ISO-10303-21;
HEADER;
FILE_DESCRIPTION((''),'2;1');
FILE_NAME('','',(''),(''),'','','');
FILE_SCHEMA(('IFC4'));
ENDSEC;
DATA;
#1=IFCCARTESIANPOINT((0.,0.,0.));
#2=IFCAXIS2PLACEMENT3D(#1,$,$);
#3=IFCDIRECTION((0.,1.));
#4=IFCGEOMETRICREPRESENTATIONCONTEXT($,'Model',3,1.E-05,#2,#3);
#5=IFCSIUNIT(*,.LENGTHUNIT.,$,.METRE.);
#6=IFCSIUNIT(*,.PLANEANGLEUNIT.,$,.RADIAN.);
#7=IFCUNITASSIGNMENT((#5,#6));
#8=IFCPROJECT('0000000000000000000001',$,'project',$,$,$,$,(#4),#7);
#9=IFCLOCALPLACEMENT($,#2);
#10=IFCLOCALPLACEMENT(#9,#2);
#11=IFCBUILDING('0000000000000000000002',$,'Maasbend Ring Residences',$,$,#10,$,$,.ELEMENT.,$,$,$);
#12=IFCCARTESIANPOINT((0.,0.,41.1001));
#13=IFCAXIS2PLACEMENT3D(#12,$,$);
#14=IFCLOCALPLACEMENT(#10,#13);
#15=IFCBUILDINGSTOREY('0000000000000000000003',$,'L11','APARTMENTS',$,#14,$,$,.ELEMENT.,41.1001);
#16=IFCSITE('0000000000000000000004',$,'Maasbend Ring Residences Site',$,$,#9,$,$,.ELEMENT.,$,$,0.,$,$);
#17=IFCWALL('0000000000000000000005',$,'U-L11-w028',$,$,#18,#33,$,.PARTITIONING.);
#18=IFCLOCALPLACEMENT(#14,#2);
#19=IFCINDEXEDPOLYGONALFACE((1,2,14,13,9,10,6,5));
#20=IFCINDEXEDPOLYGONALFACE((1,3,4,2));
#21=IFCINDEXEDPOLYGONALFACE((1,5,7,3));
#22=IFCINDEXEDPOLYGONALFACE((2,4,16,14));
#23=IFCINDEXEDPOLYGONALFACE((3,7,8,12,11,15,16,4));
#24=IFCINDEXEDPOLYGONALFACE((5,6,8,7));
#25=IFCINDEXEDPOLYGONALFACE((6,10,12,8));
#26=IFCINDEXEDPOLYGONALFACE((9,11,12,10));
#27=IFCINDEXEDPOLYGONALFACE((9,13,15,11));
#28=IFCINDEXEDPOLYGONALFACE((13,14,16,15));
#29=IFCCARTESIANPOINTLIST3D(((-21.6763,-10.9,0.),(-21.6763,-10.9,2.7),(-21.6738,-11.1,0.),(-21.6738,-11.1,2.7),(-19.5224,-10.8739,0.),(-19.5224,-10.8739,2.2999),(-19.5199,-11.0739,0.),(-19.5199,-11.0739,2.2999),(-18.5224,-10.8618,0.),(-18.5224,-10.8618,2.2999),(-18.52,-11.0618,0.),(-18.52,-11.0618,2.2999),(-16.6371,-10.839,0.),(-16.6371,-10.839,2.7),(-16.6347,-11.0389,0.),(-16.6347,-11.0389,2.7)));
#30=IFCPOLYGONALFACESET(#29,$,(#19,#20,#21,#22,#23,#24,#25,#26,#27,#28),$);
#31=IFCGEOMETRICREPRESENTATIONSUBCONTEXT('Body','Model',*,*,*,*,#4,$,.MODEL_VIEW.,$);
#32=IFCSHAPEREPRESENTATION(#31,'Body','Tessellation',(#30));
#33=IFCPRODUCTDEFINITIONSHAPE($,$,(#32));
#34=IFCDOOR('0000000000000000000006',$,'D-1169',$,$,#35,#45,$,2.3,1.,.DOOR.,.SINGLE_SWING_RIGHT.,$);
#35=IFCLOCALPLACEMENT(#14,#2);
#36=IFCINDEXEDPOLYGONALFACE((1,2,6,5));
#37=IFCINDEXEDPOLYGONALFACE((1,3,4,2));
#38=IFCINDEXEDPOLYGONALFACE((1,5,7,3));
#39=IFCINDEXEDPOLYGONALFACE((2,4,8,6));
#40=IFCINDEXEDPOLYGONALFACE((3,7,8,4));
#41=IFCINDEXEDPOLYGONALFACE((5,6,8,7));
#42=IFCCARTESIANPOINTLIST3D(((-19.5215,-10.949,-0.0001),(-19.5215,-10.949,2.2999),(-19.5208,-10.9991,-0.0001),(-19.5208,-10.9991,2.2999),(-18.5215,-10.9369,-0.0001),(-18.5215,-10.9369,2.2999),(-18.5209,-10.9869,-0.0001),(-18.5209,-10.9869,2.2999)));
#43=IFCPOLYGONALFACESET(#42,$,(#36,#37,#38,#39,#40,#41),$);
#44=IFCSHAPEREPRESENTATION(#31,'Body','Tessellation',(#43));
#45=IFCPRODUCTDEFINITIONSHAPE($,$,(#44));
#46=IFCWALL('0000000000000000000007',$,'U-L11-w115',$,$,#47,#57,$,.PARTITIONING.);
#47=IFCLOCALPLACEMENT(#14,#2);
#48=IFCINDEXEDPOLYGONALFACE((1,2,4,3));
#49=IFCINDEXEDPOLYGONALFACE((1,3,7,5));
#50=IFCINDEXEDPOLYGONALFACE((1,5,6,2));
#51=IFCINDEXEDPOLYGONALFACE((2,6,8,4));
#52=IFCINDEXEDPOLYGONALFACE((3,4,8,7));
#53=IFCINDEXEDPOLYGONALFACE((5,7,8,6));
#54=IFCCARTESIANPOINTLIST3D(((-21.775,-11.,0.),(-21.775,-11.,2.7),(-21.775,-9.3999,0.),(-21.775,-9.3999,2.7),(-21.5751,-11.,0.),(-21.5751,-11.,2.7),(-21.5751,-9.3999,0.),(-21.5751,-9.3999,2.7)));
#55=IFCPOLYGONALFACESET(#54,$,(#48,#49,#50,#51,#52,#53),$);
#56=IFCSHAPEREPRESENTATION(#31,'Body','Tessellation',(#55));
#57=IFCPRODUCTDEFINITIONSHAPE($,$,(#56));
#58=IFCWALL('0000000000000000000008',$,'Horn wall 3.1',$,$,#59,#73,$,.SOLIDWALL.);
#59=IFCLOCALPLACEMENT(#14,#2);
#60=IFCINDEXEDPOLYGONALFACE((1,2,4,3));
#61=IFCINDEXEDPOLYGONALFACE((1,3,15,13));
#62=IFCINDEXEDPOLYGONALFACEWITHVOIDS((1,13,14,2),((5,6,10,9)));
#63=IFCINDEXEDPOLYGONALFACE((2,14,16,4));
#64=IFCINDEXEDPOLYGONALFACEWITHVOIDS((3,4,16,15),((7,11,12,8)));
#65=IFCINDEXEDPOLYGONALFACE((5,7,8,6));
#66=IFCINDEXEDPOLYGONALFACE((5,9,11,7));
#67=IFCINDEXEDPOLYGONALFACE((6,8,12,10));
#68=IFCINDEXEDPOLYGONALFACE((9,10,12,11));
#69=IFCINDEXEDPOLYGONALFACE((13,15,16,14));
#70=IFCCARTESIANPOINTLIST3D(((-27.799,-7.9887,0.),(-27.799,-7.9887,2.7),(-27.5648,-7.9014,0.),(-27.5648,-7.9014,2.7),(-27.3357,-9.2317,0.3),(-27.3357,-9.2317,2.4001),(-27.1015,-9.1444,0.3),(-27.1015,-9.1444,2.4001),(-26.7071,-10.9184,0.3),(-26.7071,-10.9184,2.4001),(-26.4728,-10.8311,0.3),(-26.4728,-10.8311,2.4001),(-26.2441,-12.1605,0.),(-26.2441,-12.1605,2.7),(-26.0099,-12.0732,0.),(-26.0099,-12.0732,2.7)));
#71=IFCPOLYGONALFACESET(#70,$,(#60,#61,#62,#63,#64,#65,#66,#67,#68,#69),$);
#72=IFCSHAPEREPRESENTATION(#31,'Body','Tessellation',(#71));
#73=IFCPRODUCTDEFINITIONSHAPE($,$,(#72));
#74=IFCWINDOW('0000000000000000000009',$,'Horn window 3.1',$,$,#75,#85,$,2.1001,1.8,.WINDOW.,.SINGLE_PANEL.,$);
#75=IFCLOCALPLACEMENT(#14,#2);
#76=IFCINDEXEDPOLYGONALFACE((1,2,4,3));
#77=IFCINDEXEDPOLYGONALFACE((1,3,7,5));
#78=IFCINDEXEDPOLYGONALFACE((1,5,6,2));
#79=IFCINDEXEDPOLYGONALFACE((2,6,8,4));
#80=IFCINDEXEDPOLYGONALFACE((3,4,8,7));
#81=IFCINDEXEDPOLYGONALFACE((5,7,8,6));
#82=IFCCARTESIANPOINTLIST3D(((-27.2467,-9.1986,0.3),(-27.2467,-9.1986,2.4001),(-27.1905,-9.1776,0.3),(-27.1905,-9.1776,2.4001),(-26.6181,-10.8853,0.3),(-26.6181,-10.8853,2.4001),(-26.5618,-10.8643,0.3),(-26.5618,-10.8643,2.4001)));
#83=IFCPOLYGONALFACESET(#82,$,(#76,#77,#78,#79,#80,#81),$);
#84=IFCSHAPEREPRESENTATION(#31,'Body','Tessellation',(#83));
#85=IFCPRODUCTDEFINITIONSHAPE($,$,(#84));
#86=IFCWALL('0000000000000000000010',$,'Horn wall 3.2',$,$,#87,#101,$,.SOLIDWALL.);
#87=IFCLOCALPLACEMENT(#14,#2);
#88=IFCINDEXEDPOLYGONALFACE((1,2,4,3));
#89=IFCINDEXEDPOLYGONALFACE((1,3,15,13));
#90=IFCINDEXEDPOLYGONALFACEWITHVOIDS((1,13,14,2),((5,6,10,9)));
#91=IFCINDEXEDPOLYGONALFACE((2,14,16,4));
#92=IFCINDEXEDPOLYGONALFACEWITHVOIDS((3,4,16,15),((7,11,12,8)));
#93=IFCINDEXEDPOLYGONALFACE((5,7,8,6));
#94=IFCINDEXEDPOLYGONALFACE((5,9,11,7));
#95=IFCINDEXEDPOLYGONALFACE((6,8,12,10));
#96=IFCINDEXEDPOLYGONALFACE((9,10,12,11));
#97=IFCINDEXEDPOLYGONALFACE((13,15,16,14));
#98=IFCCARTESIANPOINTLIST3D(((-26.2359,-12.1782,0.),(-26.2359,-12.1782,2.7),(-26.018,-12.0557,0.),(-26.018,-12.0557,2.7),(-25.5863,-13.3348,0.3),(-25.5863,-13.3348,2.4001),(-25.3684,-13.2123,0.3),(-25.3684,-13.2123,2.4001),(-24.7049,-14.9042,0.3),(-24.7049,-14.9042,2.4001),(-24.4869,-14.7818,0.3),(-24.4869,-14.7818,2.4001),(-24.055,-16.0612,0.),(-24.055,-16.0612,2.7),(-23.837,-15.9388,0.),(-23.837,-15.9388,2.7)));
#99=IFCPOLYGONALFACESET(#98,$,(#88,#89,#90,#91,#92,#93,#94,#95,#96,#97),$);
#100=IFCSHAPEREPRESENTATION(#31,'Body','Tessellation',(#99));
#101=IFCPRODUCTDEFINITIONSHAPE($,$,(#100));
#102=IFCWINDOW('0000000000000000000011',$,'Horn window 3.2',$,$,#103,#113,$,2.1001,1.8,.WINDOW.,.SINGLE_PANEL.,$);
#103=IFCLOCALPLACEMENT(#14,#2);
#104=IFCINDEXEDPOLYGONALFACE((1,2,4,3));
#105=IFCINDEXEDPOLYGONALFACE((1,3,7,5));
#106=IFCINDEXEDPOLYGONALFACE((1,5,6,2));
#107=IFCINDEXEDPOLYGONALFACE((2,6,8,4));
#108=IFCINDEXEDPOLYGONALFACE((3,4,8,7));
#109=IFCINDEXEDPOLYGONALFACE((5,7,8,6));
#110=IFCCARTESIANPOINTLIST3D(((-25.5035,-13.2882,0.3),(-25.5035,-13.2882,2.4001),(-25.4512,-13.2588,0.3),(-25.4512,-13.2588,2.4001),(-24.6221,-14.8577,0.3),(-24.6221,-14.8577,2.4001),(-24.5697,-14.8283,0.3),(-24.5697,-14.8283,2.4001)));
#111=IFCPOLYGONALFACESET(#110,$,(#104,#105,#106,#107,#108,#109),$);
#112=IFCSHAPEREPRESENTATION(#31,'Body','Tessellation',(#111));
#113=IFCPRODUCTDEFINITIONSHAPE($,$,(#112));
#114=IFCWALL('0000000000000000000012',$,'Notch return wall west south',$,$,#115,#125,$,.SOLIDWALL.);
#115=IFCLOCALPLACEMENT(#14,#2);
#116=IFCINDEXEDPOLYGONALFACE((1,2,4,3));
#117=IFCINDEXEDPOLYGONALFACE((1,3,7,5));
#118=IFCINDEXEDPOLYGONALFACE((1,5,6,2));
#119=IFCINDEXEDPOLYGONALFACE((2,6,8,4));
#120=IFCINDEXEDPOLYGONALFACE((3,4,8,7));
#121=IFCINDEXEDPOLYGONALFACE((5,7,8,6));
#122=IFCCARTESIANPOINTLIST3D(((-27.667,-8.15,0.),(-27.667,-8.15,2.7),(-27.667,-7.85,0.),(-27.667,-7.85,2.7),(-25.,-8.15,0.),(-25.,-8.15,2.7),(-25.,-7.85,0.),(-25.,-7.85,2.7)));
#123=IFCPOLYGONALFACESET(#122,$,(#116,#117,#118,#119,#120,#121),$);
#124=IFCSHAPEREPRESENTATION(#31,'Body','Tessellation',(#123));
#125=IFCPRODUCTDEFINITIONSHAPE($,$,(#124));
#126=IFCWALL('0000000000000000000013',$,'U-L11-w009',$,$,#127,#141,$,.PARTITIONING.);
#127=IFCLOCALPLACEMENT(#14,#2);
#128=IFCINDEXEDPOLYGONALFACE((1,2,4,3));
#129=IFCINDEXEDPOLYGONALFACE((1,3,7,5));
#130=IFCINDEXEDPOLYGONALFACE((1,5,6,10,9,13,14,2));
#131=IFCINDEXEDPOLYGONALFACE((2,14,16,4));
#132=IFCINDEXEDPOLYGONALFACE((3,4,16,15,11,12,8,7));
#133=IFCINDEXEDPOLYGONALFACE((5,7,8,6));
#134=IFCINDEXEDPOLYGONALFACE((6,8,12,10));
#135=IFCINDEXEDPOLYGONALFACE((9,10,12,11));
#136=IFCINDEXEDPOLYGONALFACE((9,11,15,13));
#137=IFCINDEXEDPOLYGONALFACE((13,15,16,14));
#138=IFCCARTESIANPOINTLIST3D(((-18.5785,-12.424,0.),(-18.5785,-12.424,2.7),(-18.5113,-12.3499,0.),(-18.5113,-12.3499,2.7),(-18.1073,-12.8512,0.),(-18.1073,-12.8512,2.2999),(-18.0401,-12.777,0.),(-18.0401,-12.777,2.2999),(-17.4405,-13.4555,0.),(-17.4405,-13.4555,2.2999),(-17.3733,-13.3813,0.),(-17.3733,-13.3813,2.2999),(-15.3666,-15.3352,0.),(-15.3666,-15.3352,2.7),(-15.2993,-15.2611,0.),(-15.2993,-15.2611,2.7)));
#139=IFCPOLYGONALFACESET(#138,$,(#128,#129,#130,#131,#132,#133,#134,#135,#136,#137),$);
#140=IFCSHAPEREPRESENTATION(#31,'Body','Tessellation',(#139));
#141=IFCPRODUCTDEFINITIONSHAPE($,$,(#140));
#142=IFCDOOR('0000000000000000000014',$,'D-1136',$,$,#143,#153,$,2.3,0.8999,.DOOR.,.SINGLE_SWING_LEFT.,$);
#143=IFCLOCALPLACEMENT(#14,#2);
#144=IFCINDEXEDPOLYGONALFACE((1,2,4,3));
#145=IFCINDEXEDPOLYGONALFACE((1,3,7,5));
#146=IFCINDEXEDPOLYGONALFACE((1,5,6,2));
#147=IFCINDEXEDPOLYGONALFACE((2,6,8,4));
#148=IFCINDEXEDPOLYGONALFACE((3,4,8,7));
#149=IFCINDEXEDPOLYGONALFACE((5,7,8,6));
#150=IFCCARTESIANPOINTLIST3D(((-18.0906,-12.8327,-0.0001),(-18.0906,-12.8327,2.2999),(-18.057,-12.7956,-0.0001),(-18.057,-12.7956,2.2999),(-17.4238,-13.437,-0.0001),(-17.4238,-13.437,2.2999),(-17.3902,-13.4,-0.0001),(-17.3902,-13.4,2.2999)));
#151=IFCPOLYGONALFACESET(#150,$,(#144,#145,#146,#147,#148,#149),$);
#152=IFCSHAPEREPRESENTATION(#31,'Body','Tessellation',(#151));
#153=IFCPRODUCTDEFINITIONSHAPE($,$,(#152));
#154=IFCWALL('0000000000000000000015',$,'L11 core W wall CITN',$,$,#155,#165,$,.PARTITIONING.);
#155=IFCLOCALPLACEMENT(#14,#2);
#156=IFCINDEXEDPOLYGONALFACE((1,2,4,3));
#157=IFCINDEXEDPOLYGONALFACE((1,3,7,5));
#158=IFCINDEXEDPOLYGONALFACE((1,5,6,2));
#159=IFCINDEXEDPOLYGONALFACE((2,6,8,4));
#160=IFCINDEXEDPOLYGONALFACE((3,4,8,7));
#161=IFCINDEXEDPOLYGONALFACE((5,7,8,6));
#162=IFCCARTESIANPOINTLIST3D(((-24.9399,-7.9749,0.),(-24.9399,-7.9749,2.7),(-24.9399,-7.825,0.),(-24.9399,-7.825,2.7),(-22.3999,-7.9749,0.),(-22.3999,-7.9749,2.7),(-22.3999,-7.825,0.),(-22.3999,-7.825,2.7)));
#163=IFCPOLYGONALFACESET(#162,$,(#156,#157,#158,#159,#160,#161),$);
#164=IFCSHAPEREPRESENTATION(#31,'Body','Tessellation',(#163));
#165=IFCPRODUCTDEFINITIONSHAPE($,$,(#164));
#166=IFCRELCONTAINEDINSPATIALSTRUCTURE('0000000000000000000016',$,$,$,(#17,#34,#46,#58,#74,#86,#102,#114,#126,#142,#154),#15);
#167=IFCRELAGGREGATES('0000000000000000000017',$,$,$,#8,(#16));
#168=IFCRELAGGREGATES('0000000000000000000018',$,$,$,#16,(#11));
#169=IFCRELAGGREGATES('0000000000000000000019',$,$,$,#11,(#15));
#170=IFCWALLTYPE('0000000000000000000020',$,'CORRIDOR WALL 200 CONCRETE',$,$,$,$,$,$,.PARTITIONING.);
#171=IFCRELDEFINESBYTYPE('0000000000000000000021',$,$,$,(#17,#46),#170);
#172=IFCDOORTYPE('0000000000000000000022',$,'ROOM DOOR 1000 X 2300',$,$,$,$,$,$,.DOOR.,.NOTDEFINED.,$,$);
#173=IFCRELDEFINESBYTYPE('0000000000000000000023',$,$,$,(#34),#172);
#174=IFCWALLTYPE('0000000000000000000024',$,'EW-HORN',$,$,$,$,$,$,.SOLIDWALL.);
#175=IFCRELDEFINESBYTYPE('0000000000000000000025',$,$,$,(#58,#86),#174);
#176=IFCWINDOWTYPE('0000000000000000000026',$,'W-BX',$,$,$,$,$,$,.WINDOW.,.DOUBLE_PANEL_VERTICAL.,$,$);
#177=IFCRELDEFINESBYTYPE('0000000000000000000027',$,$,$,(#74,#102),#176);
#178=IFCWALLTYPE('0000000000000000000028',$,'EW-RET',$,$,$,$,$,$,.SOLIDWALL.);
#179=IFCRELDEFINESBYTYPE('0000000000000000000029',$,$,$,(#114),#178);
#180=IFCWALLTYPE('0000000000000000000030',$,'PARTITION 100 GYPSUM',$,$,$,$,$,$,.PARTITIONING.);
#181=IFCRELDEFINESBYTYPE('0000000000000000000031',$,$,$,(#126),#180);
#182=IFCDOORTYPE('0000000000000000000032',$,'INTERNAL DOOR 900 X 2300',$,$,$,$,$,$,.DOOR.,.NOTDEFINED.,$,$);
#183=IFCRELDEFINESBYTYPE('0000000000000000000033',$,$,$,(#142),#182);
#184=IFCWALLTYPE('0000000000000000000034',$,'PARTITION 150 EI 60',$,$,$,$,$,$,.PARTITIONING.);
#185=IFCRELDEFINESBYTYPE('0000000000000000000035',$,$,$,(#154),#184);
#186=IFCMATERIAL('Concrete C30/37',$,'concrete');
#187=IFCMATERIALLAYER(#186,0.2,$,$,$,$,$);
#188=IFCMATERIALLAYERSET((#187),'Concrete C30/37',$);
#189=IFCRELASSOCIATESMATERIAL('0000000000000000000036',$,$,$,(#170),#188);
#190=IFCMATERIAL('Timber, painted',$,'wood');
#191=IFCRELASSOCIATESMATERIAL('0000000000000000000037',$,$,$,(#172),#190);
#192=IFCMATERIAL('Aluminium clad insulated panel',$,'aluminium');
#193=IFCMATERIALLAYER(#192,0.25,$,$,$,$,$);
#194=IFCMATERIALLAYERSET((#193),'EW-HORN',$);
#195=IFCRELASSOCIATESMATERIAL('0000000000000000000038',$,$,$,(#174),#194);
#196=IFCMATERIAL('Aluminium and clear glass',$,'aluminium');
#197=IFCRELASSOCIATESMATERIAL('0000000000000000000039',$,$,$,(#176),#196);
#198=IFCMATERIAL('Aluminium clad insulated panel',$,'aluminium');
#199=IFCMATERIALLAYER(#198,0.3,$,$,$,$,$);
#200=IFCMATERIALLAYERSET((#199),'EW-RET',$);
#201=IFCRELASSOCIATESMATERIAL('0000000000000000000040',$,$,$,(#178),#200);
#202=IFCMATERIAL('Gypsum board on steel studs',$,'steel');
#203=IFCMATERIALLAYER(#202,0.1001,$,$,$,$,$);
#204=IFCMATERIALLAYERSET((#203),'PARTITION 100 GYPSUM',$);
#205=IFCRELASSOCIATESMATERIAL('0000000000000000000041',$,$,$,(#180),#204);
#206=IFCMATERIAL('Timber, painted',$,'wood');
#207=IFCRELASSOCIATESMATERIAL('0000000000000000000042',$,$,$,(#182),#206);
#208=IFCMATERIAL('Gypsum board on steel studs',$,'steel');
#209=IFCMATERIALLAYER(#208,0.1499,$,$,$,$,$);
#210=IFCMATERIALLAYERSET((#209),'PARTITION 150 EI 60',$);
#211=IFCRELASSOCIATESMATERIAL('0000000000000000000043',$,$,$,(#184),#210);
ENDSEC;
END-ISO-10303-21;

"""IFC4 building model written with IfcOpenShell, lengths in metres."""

from ifc_helpers import new_model, si_unit, direction, frame, frame_2d, origin, place, context, subcontext, project, spatial, rectangle, extrude, material, layer, layer_set, type_object, element, fill, save


model = new_model("IFC4")

# Units and contexts
model_context = context("Model", 3, precision=1e-05, world=origin(), true_north=direction((0.0, 1.0)))
body_context = subcontext(model_context, "Body", "Model", "MODEL_VIEW")
ifc_project = project(units=[si_unit("LENGTHUNIT", "METRE"), si_unit("PLANEANGLEUNIT", "RADIAN")], contexts=[model_context])

# Site, building, storey
site_placement = place(None, origin())
site = spatial("IfcSite", under=ifc_project, at=site_placement, Name="Maasbend Ring Residences Site", CompositionType="ELEMENT", RefElevation=0.0)
building_placement = place(site_placement, origin())
building = spatial("IfcBuilding", under=site, at=building_placement, Name="Maasbend Ring Residences", CompositionType="ELEMENT")
storey_placement = place(building_placement, frame((0.0, 0.0, 41.1001)))
storey = spatial("IfcBuildingStorey", under=building, at=storey_placement, Name="L11", Description="APARTMENTS", CompositionType="ELEMENT", Elevation=41.1001)

# Wall, opening, door
ifc_material_1 = material(Name="Concrete C30/37", Category="concrete")
ifc_layer_1 = layer(ifc_material_1, 0.2)
ifc_layer_set_1 = layer_set([ifc_layer_1], Name="Concrete C30/37")
wall_type_1 = type_object("IfcWallType", Name="CORRIDOR WALL 200 CONCRETE", PredefinedType="PARTITIONING", material=ifc_layer_set_1)
wall_1_placement = place(storey_placement, frame((-21.675, -11.0, 0.0), z_axis=(0.0, 0.0, 1.0), x_axis=(0.999927, 0.012112, 0.0)))
wall_1 = element("IfcWall", 1, at=wall_1_placement, inside=storey, type_object=wall_type_1, Name="U-L11-w028", PredefinedType="PARTITIONING", context=body_context, shape_type="SweptSolid", body=[
    extrude(rectangle(XDim=5.0396, YDim=0.2, at=frame_2d((2.5198, 0.0))), origin(), (0.0, 0.0, 1.0), 2.7),
])
opening_1_placement = place(wall_1_placement, frame((2.1541, 0.0, 0.0)))
opening_1 = element("IfcOpeningElement", 2, at=opening_1_placement, cuts=wall_1, PredefinedType="OPENING", context=body_context, shape_type="SweptSolid", body=[
    extrude(rectangle(XDim=1.0, YDim=2.3, at=frame_2d((0.5, 1.1499))), frame((0.0, 0.1099, 0.0), z_axis=(0.0, -1.0, 0.0), x_axis=(1.0, 0.0, 0.0)), (0.0, 0.0, 1.0), 0.22),
])
ifc_material_2 = material(Name="Timber, painted", Category="wood")
door_type_1 = type_object("IfcDoorType", Name="ROOM DOOR 1000 X 2300", OperationType="NOTDEFINED", PredefinedType="DOOR", material=ifc_material_2)
door_1_placement = place(opening_1_placement, origin())
door_1 = element("IfcDoor", 3, at=door_1_placement, inside=storey, type_object=door_type_1, Name="D-1169", OperationType="SINGLE_SWING_RIGHT", OverallHeight=2.3, OverallWidth=1.0, PredefinedType="DOOR", context=body_context, shape_type="SweptSolid", body=[
    extrude(rectangle(XDim=1.0, YDim=2.3, at=frame_2d((0.5, 1.1499))), frame((0.0, 0.0249, 0.0), z_axis=(0.0, -1.0, 0.0), x_axis=(1.0, 0.0, 0.0)), (0.0, 0.0, 1.0), 0.05),
])
fill(opening_1, door_1)

# Wall
wall_2_placement = place(storey_placement, frame((-21.675, -11.0, 0.0), z_axis=(0.0, 0.0, 1.0), x_axis=(0.0, 1.0, 0.0)))
element("IfcWall", 4, at=wall_2_placement, inside=storey, type_object=wall_type_1, Name="U-L11-w115", PredefinedType="PARTITIONING", context=body_context, shape_type="SweptSolid", body=[
    extrude(rectangle(XDim=1.6001, YDim=0.2, at=frame_2d((0.8, 0.0))), origin(), (0.0, 0.0, 1.0), 2.7),
])

# Walls, openings, windows
ifc_material_3 = material(Name="Aluminium clad insulated panel", Category="aluminium")
ifc_layer_2 = layer(ifc_material_3, 0.25)
ifc_layer_set_2 = layer_set([ifc_layer_2], Name="EW-HORN")
wall_type_2 = type_object("IfcWallType", Name="EW-HORN", PredefinedType="SOLIDWALL", material=ifc_layer_set_2)
wall_3_placement = place(storey_placement, frame((-27.6819, -7.9451, 0.0), z_axis=(0.0, 0.0, 1.0), x_axis=(0.349248, -0.93703, 0.0)))
wall_3 = element("IfcWall", 5, at=wall_3_placement, inside=storey, type_object=wall_type_2, Name="Horn wall 3.1", PredefinedType="SOLIDWALL", context=body_context, shape_type="SweptSolid", body=[
    extrude(rectangle(XDim=4.4521, YDim=0.25, at=frame_2d((2.2261, 0.0))), origin(), (0.0, 0.0, 1.0), 2.7),
])
opening_2_placement = place(wall_3_placement, frame((1.3267, 0.0, 0.3)))
opening_2 = element("IfcOpeningElement", 6, at=opening_2_placement, cuts=wall_3, PredefinedType="OPENING", context=body_context, shape_type="SweptSolid", body=[
    extrude(rectangle(XDim=1.8, YDim=2.1001, at=frame_2d((0.8999, 1.05))), frame((0.0, 0.135, 0.0), z_axis=(0.0, -1.0, 0.0), x_axis=(1.0, 0.0, 0.0)), (0.0, 0.0, 1.0), 0.27),
])
ifc_material_4 = material(Name="Aluminium and clear glass", Category="aluminium")
window_type = type_object("IfcWindowType", Name="W-BX", PartitioningType="DOUBLE_PANEL_VERTICAL", PredefinedType="WINDOW", material=ifc_material_4)
window_1_placement = place(opening_2_placement, origin())
window_1 = element("IfcWindow", 7, at=window_1_placement, inside=storey, type_object=window_type, Name="Horn window 3.1", OverallHeight=2.1001, OverallWidth=1.8, PartitioningType="SINGLE_PANEL", PredefinedType="WINDOW", context=body_context, shape_type="SweptSolid", body=[
    extrude(rectangle(XDim=1.8, YDim=2.1001, at=frame_2d((0.8999, 1.05))), frame((0.0, 0.03, 0.0), z_axis=(0.0, -1.0, 0.0), x_axis=(1.0, 0.0, 0.0)), (0.0, 0.0, 1.0), 0.0601),
])
fill(opening_2, window_1)
wall_4_placement = place(storey_placement, frame((-26.127, -12.1169, 0.0), z_axis=(0.0, 0.0, 1.0), x_axis=(0.489696, -0.871893, 0.0)))
wall_4 = element("IfcWall", 8, at=wall_4_placement, inside=storey, type_object=wall_type_2, Name="Horn wall 3.2", PredefinedType="SOLIDWALL", context=body_context, shape_type="SweptSolid", body=[
    extrude(rectangle(XDim=4.4536, YDim=0.25, at=frame_2d((2.2268, 0.0))), origin(), (0.0, 0.0, 1.0), 2.7),
])
opening_3_placement = place(wall_4_placement, frame((1.3267, 0.0, 0.3)))
opening_3 = element("IfcOpeningElement", 9, at=opening_3_placement, cuts=wall_4, PredefinedType="OPENING", context=body_context, shape_type="SweptSolid", body=[
    extrude(rectangle(XDim=1.8, YDim=2.1001, at=frame_2d((0.8999, 1.05))), frame((0.0, 0.135, 0.0), z_axis=(0.0, -1.0, 0.0), x_axis=(1.0, 0.0, 0.0)), (0.0, 0.0, 1.0), 0.27),
])
window_2_placement = place(opening_3_placement, origin())
window_2 = element("IfcWindow", 10, at=window_2_placement, inside=storey, type_object=window_type, Name="Horn window 3.2", OverallHeight=2.1001, OverallWidth=1.8, PartitioningType="SINGLE_PANEL", PredefinedType="WINDOW", context=body_context, shape_type="SweptSolid", body=[
    extrude(rectangle(XDim=1.8, YDim=2.1001, at=frame_2d((0.8999, 1.05))), frame((0.0, 0.03, 0.0), z_axis=(0.0, -1.0, 0.0), x_axis=(1.0, 0.0, 0.0)), (0.0, 0.0, 1.0), 0.0601),
])
fill(opening_3, window_2)

# Wall
ifc_material_5 = material(Name="Aluminium clad insulated panel", Category="aluminium")
ifc_layer_3 = layer(ifc_material_5, 0.3)
ifc_layer_set_3 = layer_set([ifc_layer_3], Name="EW-RET")
wall_type_3 = type_object("IfcWallType", Name="EW-RET", PredefinedType="SOLIDWALL", material=ifc_layer_set_3)
wall_5_placement = place(storey_placement, frame((-25.0, -8.0, 0.0), z_axis=(0.0, 0.0, 1.0), x_axis=(-1.0, 0.0, 0.0)))
element("IfcWall", 11, at=wall_5_placement, inside=storey, type_object=wall_type_3, Name="Notch return wall west south", PredefinedType="SOLIDWALL", context=body_context, shape_type="SweptSolid", body=[
    extrude(rectangle(XDim=2.667, YDim=0.3, at=frame_2d((1.3335, 0.0))), origin(), (0.0, 0.0, 1.0), 2.7),
])

# Wall, opening, door
ifc_material_6 = material(Name="Gypsum board on steel studs", Category="steel")
ifc_layer_4 = layer(ifc_material_6, 0.1001)
ifc_layer_set_4 = layer_set([ifc_layer_4], Name="PARTITION 100 GYPSUM")
wall_type_4 = type_object("IfcWallType", Name="PARTITION 100 GYPSUM", PredefinedType="PARTITIONING", material=ifc_layer_set_4)
wall_6_placement = place(storey_placement, frame((-18.5449, -12.387, 0.0), z_axis=(0.0, 0.0, 1.0), x_axis=(0.740948, -0.671562, 0.0)))
wall_6 = element("IfcWall", 12, at=wall_6_placement, inside=storey, type_object=wall_type_4, Name="U-L11-w009", PredefinedType="PARTITIONING", context=body_context, shape_type="SweptSolid", body=[
    extrude(rectangle(XDim=4.335, YDim=0.1001, at=frame_2d((2.1675, 0.0))), origin(), (0.0, 0.0, 1.0), 2.7),
])
opening_4_placement = place(wall_6_placement, frame((0.636, 0.0, 0.0)))
opening_4 = element("IfcOpeningElement", 13, at=opening_4_placement, cuts=wall_6, PredefinedType="OPENING", context=body_context, shape_type="SweptSolid", body=[
    extrude(rectangle(XDim=0.8999, YDim=2.3, at=frame_2d((0.45, 1.1499))), frame((0.0, 0.0601, 0.0), z_axis=(0.0, -1.0, 0.0), x_axis=(1.0, 0.0, 0.0)), (0.0, 0.0, 1.0), 0.1201),
])
ifc_material_7 = material(Name="Timber, painted", Category="wood")
door_type_2 = type_object("IfcDoorType", Name="INTERNAL DOOR 900 X 2300", OperationType="NOTDEFINED", PredefinedType="DOOR", material=ifc_material_7)
door_2_placement = place(opening_4_placement, origin())
door_2 = element("IfcDoor", 14, at=door_2_placement, inside=storey, type_object=door_type_2, Name="D-1136", OperationType="SINGLE_SWING_LEFT", OverallHeight=2.3, OverallWidth=0.8999, PredefinedType="DOOR", context=body_context, shape_type="SweptSolid", body=[
    extrude(rectangle(XDim=0.8999, YDim=2.3, at=frame_2d((0.45, 1.1499))), frame((0.0, 0.0249, 0.0), z_axis=(0.0, -1.0, 0.0), x_axis=(1.0, 0.0, 0.0)), (0.0, 0.0, 1.0), 0.05),
])
fill(opening_4, door_2)

# Wall
ifc_material_8 = material(Name="Gypsum board on steel studs", Category="steel")
ifc_layer_5 = layer(ifc_material_8, 0.1499)
ifc_layer_set_5 = layer_set([ifc_layer_5], Name="PARTITION 150 EI 60")
wall_type_5 = type_object("IfcWallType", Name="PARTITION 150 EI 60", PredefinedType="PARTITIONING", material=ifc_layer_set_5)
wall_7_placement = place(storey_placement, frame((-22.3999, -7.8999, 0.0), z_axis=(0.0, 0.0, 1.0), x_axis=(-1.0, 0.0, 0.0)))
element("IfcWall", 15, at=wall_7_placement, inside=storey, type_object=wall_type_5, Name="L11 core W wall CITN", PredefinedType="PARTITIONING", context=body_context, shape_type="SweptSolid", body=[
    extrude(rectangle(XDim=2.54, YDim=0.1499, at=frame_2d((1.27, 0.0))), origin(), (0.0, 0.0, 1.0), 2.7),
])

save(model, "model.ifc")
